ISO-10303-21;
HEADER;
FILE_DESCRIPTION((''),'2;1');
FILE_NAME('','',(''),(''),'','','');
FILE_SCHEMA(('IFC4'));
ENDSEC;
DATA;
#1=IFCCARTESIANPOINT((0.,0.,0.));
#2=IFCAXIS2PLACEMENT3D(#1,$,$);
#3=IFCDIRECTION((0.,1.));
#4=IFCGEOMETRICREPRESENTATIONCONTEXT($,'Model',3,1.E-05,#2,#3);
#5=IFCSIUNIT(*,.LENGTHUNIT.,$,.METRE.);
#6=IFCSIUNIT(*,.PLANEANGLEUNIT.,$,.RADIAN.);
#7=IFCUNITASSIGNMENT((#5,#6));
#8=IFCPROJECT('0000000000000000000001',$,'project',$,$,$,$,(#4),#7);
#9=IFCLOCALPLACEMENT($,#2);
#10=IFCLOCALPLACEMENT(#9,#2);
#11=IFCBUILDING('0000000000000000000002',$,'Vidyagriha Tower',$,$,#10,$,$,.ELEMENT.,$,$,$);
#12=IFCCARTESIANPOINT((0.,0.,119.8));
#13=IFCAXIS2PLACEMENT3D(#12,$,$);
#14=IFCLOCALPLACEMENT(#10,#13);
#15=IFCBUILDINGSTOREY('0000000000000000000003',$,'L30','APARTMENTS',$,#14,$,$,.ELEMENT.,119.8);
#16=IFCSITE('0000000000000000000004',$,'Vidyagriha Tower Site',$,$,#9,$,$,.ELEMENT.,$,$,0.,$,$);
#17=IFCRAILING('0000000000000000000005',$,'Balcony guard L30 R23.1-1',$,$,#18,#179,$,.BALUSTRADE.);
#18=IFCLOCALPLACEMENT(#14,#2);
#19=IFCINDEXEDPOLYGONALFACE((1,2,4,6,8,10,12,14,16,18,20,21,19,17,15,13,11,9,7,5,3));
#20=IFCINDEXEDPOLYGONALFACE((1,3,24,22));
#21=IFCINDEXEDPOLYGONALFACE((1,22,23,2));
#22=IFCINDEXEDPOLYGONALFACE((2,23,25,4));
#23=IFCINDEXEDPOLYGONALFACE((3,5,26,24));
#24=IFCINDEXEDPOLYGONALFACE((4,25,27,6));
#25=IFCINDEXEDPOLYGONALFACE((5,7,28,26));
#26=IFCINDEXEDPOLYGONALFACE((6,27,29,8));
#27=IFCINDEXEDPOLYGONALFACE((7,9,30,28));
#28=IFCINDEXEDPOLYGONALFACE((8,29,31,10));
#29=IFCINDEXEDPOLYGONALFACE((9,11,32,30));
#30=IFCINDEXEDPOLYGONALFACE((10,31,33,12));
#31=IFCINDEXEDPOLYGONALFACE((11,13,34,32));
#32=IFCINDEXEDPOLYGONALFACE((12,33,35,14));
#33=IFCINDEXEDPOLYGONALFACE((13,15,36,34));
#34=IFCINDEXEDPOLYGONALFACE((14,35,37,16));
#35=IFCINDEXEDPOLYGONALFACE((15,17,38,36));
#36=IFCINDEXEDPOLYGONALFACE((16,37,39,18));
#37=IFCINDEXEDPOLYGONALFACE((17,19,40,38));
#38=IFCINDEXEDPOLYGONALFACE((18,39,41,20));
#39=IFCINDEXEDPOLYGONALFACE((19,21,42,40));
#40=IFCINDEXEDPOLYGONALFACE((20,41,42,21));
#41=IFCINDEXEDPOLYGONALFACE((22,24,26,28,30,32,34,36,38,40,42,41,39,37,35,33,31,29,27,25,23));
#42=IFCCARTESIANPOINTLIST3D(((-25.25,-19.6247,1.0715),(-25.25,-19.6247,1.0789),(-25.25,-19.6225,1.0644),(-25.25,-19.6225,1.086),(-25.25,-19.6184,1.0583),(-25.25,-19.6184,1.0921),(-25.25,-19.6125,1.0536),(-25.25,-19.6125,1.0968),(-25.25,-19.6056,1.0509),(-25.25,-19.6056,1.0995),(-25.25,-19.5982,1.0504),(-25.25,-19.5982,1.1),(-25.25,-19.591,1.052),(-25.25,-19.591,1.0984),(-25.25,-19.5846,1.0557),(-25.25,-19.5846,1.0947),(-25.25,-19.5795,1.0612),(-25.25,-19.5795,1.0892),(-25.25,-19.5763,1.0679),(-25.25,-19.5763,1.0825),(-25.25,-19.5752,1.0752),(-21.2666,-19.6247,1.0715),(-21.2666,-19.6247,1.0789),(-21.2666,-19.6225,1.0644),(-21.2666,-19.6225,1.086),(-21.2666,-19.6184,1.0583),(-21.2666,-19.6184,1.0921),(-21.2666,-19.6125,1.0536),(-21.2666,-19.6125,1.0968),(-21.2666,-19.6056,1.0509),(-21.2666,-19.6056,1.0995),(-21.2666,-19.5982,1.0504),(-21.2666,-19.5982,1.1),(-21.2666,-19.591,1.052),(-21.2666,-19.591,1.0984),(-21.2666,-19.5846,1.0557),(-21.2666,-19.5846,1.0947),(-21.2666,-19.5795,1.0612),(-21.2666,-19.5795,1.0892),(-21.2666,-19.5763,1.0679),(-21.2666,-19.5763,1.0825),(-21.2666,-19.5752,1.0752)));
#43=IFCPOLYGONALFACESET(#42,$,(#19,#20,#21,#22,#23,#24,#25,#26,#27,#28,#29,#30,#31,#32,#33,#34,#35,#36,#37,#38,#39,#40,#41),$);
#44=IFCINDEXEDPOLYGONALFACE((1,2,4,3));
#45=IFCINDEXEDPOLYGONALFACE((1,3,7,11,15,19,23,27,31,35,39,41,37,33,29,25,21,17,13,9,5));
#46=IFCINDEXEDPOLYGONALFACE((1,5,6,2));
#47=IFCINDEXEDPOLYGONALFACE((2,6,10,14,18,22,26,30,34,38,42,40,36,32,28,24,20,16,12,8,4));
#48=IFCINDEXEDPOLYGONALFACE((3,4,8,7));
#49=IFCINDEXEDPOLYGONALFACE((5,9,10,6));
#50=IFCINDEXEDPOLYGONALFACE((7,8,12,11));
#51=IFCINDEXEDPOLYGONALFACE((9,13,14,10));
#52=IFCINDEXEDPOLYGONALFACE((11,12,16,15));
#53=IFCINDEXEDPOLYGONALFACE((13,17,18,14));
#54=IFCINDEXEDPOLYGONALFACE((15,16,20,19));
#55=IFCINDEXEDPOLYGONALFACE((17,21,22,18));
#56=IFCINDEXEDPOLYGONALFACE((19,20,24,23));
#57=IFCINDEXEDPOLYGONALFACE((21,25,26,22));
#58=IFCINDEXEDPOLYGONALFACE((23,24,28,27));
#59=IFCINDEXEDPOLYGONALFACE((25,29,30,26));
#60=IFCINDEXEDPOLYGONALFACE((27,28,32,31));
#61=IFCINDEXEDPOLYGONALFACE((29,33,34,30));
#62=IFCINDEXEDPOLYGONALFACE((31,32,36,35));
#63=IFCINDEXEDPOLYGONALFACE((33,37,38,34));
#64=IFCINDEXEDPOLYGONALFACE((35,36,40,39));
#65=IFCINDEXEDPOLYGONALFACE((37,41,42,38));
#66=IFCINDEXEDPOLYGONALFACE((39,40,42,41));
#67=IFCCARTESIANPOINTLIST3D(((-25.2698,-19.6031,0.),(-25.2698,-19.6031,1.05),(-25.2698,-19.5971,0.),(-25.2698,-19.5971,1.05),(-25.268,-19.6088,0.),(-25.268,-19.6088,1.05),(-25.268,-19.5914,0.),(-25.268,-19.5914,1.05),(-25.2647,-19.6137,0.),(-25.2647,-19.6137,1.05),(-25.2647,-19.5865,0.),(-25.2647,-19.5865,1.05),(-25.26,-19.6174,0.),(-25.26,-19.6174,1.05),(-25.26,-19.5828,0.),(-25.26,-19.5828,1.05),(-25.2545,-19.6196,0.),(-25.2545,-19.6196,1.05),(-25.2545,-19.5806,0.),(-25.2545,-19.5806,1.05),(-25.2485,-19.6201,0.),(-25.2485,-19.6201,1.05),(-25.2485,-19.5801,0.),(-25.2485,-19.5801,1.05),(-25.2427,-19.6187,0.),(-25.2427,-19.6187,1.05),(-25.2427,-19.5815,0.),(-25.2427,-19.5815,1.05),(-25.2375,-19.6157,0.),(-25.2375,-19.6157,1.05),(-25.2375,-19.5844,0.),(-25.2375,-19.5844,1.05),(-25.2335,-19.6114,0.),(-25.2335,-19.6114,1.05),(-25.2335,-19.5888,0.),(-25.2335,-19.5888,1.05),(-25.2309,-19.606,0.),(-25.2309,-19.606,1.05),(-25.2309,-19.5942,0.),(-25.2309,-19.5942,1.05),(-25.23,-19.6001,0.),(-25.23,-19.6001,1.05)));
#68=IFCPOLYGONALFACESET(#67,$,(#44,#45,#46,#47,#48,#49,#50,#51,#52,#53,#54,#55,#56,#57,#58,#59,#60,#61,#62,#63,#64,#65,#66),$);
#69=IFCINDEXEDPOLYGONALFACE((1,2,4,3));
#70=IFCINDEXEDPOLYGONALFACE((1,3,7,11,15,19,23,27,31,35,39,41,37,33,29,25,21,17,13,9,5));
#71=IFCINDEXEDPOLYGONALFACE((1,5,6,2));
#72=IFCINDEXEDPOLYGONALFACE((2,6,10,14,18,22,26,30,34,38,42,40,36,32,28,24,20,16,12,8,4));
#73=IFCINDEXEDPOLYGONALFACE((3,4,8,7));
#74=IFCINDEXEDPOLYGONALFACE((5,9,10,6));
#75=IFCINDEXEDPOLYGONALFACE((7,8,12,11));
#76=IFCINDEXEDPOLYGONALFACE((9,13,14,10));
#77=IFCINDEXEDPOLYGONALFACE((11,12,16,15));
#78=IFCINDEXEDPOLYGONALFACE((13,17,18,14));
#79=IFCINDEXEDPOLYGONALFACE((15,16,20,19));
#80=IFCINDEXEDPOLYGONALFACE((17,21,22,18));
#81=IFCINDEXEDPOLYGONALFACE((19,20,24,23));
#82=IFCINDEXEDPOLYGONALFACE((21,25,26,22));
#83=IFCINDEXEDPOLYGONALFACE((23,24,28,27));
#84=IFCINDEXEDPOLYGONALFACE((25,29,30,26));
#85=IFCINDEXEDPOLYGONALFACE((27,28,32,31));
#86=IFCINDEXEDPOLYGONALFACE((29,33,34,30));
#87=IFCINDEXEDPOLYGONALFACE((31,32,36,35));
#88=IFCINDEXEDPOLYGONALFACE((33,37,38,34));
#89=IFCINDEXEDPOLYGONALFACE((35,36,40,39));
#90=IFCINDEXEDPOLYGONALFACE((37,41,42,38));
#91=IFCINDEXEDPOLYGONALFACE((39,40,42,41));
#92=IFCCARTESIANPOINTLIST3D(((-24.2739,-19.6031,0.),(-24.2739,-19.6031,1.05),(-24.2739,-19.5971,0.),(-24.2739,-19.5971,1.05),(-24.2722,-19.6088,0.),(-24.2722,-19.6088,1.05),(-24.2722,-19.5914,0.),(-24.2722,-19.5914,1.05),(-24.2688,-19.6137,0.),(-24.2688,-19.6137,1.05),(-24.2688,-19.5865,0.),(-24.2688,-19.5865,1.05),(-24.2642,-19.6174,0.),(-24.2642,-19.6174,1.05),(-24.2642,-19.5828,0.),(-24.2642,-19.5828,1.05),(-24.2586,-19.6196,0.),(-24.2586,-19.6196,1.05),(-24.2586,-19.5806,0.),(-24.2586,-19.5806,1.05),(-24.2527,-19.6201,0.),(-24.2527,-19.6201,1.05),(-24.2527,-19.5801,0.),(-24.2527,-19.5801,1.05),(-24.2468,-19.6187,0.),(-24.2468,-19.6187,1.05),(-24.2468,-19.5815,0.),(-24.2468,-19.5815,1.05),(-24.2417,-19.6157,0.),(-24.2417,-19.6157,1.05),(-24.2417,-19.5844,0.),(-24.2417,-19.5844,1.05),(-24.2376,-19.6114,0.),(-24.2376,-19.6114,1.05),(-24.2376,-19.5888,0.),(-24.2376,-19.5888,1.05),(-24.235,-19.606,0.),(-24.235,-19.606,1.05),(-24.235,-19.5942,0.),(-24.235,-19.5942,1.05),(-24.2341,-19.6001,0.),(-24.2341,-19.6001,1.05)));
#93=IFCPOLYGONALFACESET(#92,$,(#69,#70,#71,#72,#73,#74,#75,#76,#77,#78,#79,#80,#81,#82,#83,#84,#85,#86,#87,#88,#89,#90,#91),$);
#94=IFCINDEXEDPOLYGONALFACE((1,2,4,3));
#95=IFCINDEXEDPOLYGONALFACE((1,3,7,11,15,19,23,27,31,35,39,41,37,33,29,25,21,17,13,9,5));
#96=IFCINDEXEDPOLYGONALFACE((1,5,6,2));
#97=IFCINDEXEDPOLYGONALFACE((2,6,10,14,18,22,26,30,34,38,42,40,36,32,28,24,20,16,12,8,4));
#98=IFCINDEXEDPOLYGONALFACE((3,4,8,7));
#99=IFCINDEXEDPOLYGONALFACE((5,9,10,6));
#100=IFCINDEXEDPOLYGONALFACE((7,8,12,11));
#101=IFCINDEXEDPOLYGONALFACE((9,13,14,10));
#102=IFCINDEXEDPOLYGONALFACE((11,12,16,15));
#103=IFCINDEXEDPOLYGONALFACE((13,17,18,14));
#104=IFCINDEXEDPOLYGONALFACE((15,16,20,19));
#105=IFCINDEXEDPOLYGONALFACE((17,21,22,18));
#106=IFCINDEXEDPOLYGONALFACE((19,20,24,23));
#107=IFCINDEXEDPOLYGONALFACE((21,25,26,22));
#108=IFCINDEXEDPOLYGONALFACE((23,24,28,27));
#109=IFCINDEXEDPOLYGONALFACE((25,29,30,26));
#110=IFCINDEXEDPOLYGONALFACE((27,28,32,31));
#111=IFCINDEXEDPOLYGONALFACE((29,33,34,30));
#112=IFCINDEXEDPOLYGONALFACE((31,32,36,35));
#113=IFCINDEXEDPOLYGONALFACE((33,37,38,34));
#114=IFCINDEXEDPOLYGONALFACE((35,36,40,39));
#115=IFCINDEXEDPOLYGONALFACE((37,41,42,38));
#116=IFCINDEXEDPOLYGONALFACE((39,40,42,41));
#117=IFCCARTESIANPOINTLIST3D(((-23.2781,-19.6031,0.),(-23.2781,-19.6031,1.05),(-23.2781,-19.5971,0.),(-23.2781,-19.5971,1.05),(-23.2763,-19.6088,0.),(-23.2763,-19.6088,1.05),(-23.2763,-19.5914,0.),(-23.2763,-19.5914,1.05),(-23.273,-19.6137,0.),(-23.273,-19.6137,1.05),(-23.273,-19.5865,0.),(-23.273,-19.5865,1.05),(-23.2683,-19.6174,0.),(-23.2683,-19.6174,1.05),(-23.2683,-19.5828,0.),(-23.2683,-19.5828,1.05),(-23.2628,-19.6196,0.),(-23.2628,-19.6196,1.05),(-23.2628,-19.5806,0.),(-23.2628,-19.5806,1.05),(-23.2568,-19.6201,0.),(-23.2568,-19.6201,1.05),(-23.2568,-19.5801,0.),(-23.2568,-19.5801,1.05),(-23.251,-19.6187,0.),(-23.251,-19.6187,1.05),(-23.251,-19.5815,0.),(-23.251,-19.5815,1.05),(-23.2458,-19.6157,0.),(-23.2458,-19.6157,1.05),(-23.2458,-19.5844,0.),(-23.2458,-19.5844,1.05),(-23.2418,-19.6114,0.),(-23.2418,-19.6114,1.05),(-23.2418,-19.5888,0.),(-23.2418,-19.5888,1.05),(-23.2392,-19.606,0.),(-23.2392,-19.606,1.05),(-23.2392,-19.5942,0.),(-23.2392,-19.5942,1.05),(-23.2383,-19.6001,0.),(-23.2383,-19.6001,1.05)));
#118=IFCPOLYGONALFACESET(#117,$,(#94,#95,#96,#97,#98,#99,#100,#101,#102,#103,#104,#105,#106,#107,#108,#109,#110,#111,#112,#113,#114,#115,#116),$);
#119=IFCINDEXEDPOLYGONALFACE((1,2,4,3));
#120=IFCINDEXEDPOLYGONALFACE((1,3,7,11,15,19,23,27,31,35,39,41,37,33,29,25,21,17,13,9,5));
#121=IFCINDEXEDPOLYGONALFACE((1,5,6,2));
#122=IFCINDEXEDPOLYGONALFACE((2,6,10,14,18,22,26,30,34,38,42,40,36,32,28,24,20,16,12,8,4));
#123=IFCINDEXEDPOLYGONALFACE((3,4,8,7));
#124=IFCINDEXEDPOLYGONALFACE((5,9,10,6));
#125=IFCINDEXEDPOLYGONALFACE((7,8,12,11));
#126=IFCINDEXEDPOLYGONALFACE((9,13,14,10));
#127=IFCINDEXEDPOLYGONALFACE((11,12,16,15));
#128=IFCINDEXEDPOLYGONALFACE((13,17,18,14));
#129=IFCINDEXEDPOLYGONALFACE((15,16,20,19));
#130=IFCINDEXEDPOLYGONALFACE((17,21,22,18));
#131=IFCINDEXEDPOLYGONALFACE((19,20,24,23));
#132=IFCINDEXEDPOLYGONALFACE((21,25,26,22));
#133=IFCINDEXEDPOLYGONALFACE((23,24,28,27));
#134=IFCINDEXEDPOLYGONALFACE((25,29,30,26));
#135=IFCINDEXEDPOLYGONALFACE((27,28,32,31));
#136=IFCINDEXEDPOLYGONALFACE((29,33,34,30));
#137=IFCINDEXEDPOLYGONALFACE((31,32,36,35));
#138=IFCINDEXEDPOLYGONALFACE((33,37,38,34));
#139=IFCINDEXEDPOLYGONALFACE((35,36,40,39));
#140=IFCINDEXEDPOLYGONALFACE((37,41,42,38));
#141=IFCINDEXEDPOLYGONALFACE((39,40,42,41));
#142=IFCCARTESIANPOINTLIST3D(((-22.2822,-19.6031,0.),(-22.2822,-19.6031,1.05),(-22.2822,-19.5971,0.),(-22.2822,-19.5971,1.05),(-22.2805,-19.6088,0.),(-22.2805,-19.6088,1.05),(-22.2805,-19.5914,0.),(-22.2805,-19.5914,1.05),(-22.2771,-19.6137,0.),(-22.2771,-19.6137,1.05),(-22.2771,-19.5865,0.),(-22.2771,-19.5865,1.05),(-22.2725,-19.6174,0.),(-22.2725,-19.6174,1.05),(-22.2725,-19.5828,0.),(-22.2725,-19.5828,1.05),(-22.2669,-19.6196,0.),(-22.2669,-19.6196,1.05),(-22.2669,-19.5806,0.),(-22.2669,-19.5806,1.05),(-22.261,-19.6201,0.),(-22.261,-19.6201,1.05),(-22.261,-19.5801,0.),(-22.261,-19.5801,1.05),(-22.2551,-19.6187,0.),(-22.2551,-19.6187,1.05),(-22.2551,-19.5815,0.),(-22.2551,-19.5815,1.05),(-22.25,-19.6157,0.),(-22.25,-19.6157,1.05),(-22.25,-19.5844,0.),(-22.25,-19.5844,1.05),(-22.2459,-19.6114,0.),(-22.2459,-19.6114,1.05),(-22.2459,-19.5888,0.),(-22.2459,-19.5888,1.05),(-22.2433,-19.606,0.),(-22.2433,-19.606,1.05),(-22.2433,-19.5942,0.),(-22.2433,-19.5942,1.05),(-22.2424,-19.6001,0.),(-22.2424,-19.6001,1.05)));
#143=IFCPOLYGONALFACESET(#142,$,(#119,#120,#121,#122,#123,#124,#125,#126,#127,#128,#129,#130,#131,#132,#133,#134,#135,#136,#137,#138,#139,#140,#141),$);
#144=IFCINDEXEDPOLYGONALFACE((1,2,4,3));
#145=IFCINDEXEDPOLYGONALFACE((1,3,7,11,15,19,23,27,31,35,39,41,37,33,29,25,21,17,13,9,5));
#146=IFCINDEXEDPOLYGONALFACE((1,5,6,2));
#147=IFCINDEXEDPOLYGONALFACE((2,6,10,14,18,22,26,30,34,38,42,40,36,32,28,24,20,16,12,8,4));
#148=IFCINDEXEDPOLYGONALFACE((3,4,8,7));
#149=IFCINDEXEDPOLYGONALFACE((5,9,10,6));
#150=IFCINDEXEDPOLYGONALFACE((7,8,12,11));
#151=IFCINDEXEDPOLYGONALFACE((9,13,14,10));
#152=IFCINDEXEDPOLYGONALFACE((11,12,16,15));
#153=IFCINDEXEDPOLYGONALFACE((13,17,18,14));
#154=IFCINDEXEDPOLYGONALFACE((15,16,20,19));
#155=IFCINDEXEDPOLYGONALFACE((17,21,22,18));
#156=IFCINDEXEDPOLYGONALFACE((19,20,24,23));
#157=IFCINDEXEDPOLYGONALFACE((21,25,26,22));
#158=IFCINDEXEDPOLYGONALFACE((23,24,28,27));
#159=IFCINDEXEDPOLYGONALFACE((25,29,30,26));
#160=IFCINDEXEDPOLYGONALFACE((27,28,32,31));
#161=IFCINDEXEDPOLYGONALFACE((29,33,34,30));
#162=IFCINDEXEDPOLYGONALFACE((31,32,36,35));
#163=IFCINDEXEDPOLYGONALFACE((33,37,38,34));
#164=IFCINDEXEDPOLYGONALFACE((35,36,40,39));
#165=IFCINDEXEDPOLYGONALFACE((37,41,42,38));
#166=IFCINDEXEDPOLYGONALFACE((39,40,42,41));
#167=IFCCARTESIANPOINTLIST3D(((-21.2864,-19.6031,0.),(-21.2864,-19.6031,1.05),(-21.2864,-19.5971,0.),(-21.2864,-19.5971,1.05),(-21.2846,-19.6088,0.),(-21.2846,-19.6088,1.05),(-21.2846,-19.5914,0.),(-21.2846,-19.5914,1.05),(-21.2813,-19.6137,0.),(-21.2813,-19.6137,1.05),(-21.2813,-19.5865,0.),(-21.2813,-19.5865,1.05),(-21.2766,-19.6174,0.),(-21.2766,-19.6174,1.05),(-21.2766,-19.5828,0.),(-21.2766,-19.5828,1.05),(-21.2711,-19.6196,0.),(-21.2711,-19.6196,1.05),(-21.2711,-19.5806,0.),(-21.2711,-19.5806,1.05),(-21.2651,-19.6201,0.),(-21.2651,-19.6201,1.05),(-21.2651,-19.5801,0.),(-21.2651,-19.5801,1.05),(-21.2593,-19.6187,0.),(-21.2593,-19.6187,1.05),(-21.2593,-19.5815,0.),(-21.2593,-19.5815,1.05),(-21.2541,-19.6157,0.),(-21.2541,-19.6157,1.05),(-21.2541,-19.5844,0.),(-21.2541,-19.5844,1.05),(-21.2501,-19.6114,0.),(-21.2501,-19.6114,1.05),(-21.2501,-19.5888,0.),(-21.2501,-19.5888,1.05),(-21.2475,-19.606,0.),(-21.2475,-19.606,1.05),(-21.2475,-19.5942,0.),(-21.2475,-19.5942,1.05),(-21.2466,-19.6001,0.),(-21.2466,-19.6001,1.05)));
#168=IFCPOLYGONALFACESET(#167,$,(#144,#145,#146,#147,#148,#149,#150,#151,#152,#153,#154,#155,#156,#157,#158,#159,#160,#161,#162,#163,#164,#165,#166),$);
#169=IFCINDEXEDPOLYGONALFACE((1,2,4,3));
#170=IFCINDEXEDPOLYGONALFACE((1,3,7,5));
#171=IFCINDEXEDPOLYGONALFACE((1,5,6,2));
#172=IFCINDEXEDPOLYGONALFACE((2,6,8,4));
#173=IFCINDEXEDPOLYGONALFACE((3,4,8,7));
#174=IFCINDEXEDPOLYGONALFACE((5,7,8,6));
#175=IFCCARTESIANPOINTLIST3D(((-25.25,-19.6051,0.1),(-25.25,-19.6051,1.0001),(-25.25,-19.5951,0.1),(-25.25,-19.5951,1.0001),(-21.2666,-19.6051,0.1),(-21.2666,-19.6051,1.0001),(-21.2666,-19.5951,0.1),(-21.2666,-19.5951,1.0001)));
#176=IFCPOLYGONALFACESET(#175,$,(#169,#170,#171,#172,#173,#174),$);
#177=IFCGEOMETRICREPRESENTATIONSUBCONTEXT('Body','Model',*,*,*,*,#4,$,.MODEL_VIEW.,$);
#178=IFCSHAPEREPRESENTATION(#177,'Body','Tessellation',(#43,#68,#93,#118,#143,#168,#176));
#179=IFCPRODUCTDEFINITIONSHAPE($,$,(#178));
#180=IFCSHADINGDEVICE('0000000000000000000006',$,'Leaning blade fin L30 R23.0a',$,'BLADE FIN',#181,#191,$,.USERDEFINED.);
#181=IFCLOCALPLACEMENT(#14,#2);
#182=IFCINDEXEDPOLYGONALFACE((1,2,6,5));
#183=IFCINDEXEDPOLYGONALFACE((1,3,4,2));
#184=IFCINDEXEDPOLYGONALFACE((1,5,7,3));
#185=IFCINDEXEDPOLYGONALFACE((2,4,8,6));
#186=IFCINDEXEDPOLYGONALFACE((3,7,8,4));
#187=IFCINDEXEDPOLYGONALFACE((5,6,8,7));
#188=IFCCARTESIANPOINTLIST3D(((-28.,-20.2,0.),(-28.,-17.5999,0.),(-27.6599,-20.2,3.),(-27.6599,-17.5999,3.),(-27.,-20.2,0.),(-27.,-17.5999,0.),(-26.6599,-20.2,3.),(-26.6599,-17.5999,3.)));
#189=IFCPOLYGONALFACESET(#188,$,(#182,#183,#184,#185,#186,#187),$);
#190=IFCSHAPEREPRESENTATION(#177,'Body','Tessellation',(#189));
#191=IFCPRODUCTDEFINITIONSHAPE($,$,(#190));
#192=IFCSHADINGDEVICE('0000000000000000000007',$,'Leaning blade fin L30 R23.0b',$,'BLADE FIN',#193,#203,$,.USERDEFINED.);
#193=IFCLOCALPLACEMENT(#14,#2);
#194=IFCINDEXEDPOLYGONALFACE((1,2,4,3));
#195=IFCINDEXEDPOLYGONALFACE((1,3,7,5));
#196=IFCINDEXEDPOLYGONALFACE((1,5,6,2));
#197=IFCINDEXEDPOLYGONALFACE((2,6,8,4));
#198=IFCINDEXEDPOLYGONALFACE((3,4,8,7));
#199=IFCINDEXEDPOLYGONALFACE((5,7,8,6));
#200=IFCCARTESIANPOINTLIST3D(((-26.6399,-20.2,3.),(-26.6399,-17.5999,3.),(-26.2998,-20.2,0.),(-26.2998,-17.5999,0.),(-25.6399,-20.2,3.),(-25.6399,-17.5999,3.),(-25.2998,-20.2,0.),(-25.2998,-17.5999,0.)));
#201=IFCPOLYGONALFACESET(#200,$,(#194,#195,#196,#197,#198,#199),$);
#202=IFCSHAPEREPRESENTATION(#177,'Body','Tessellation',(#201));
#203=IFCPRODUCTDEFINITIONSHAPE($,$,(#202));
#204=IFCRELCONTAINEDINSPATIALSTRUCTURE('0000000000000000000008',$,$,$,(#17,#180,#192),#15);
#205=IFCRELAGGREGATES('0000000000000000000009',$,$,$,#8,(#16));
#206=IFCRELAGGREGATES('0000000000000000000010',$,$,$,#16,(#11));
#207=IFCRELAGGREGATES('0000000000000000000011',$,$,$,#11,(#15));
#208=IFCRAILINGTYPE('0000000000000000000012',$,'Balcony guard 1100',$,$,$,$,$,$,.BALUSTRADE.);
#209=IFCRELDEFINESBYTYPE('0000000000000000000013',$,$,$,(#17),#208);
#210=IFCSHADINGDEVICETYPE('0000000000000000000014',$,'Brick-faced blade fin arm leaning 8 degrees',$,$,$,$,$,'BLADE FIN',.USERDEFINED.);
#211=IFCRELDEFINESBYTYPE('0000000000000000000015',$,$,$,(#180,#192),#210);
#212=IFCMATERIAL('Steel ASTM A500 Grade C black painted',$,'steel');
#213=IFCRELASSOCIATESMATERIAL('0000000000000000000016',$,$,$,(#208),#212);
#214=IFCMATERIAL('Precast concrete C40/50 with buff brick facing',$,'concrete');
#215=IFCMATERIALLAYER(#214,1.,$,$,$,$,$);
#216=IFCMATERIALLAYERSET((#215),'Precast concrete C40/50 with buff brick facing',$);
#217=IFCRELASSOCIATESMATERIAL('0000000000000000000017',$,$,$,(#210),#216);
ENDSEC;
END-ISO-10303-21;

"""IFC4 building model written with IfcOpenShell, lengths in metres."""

from ifc_helpers import new_model, si_unit, direction, frame, origin, origin_2d, place, context, subcontext, project, spatial, polyline, rectangle, circle, outline, extrude, material, layer, layer_set, type_object, element, save


model = new_model("IFC4")

# Units and contexts
model_context = context("Model", 3, precision=1e-05, world=origin(), true_north=direction((0.0, 1.0)))
body_context = subcontext(model_context, "Body", "Model", "MODEL_VIEW")
ifc_project = project(units=[si_unit("LENGTHUNIT", "METRE"), si_unit("PLANEANGLEUNIT", "RADIAN")], contexts=[model_context])

# Site, building, storey
site_placement = place(None, origin())
site = spatial("IfcSite", under=ifc_project, at=site_placement, Name="Vidyagriha Tower Site", CompositionType="ELEMENT", RefElevation=0.0)
building_placement = place(site_placement, origin())
building = spatial("IfcBuilding", under=site, at=building_placement, Name="Vidyagriha Tower", CompositionType="ELEMENT")
storey_placement = place(building_placement, frame((0.0, 0.0, 119.8)))
storey = spatial("IfcBuildingStorey", under=building, at=storey_placement, Name="L30", Description="APARTMENTS", CompositionType="ELEMENT", Elevation=119.8)

# Railing
ifc_material_1 = material(Name="Steel ASTM A500 Grade C black painted", Category="steel")
railing_type_1 = type_object("IfcRailingType", Name="Balcony guard 1100", PredefinedType="BALUSTRADE", material=ifc_material_1)
railing_1_placement = place(storey_placement, frame((-25.25, -19.6001, 0.0)))
element("IfcRailing", 1, at=railing_1_placement, inside=storey, type_object=railing_type_1, Name="Balcony guard L30 R23.1-1", PredefinedType="BALUSTRADE", context=body_context, shape_type="SweptSolid", body=[
    extrude(circle(Radius=0.0249, at=origin_2d()), frame((0.0, 0.0, 1.0752), z_axis=(1.0, 0.0, 0.0), x_axis=(0.0, 1.0, 0.0)), (0.0, 0.0, 1.0), 3.9834),
    extrude(circle(Radius=0.02, at=origin_2d()), origin(), (0.0, 0.0, 1.0), 1.05),
    extrude(circle(Radius=0.02, at=origin_2d()), frame((0.9958, 0.0, 0.0)), (0.0, 0.0, 1.0), 1.05),
    extrude(circle(Radius=0.02, at=origin_2d()), frame((1.9917, 0.0, 0.0)), (0.0, 0.0, 1.0), 1.05),
    extrude(circle(Radius=0.02, at=origin_2d()), frame((2.9875, 0.0, 0.0)), (0.0, 0.0, 1.0), 1.05),
    extrude(circle(Radius=0.02, at=origin_2d()), frame((3.9834, 0.0, 0.0)), (0.0, 0.0, 1.0), 1.05),
    extrude(rectangle(XDim=0.01, YDim=0.9001, at=origin_2d()), frame((0.0, 0.0, 0.55), z_axis=(1.0, 0.0, 0.0), x_axis=(0.0, 1.0, 0.0)), (0.0, 0.0, 1.0), 3.9834),
])

# Shading devices
ifc_material_2 = material(Name="Precast concrete C40/50 with buff brick facing", Category="concrete")
ifc_layer_1 = layer(ifc_material_2, 1.0)
ifc_layer_set_1 = layer_set([ifc_layer_1], Name="Precast concrete C40/50 with buff brick facing")
shading_device_type = type_object("IfcShadingDeviceType", Name="Brick-faced blade fin arm leaning 8 degrees", ElementType="BLADE FIN", PredefinedType="USERDEFINED", material=ifc_layer_set_1)
shading_device_1_placement = place(storey_placement, frame((-28.0, -18.8999, 0.0)))
element("IfcShadingDevice", 2, at=shading_device_1_placement, inside=storey, type_object=shading_device_type, Name="Leaning blade fin L30 R23.0a", ObjectType="BLADE FIN", PredefinedType="USERDEFINED", context=body_context, shape_type="SweptSolid", body=[
    extrude(outline(polyline([(0.0, 0.0), (1.0, 0.0), (1.3401, 3.0), (0.3401, 3.0), (0.0, 0.0)])), frame((0.0, 1.3, 0.0), z_axis=(0.0, -1.0, 0.0), x_axis=(1.0, 0.0, 0.0)), (0.0, 0.0, 1.0), 2.6001),
])
shading_device_2_placement = place(storey_placement, frame((-26.6399, -18.8999, 0.0)))
element("IfcShadingDevice", 3, at=shading_device_2_placement, inside=storey, type_object=shading_device_type, Name="Leaning blade fin L30 R23.0b", ObjectType="BLADE FIN", PredefinedType="USERDEFINED", context=body_context, shape_type="SweptSolid", body=[
    extrude(outline(polyline([(0.3401, 0.0), (1.3401, 0.0), (1.0, 3.0), (0.0, 3.0), (0.3401, 0.0)])), frame((0.0, 1.3, 0.0), z_axis=(0.0, -1.0, 0.0), x_axis=(1.0, 0.0, 0.0)), (0.0, 0.0, 1.0), 2.6001),
])

save(model, "model.ifc")
